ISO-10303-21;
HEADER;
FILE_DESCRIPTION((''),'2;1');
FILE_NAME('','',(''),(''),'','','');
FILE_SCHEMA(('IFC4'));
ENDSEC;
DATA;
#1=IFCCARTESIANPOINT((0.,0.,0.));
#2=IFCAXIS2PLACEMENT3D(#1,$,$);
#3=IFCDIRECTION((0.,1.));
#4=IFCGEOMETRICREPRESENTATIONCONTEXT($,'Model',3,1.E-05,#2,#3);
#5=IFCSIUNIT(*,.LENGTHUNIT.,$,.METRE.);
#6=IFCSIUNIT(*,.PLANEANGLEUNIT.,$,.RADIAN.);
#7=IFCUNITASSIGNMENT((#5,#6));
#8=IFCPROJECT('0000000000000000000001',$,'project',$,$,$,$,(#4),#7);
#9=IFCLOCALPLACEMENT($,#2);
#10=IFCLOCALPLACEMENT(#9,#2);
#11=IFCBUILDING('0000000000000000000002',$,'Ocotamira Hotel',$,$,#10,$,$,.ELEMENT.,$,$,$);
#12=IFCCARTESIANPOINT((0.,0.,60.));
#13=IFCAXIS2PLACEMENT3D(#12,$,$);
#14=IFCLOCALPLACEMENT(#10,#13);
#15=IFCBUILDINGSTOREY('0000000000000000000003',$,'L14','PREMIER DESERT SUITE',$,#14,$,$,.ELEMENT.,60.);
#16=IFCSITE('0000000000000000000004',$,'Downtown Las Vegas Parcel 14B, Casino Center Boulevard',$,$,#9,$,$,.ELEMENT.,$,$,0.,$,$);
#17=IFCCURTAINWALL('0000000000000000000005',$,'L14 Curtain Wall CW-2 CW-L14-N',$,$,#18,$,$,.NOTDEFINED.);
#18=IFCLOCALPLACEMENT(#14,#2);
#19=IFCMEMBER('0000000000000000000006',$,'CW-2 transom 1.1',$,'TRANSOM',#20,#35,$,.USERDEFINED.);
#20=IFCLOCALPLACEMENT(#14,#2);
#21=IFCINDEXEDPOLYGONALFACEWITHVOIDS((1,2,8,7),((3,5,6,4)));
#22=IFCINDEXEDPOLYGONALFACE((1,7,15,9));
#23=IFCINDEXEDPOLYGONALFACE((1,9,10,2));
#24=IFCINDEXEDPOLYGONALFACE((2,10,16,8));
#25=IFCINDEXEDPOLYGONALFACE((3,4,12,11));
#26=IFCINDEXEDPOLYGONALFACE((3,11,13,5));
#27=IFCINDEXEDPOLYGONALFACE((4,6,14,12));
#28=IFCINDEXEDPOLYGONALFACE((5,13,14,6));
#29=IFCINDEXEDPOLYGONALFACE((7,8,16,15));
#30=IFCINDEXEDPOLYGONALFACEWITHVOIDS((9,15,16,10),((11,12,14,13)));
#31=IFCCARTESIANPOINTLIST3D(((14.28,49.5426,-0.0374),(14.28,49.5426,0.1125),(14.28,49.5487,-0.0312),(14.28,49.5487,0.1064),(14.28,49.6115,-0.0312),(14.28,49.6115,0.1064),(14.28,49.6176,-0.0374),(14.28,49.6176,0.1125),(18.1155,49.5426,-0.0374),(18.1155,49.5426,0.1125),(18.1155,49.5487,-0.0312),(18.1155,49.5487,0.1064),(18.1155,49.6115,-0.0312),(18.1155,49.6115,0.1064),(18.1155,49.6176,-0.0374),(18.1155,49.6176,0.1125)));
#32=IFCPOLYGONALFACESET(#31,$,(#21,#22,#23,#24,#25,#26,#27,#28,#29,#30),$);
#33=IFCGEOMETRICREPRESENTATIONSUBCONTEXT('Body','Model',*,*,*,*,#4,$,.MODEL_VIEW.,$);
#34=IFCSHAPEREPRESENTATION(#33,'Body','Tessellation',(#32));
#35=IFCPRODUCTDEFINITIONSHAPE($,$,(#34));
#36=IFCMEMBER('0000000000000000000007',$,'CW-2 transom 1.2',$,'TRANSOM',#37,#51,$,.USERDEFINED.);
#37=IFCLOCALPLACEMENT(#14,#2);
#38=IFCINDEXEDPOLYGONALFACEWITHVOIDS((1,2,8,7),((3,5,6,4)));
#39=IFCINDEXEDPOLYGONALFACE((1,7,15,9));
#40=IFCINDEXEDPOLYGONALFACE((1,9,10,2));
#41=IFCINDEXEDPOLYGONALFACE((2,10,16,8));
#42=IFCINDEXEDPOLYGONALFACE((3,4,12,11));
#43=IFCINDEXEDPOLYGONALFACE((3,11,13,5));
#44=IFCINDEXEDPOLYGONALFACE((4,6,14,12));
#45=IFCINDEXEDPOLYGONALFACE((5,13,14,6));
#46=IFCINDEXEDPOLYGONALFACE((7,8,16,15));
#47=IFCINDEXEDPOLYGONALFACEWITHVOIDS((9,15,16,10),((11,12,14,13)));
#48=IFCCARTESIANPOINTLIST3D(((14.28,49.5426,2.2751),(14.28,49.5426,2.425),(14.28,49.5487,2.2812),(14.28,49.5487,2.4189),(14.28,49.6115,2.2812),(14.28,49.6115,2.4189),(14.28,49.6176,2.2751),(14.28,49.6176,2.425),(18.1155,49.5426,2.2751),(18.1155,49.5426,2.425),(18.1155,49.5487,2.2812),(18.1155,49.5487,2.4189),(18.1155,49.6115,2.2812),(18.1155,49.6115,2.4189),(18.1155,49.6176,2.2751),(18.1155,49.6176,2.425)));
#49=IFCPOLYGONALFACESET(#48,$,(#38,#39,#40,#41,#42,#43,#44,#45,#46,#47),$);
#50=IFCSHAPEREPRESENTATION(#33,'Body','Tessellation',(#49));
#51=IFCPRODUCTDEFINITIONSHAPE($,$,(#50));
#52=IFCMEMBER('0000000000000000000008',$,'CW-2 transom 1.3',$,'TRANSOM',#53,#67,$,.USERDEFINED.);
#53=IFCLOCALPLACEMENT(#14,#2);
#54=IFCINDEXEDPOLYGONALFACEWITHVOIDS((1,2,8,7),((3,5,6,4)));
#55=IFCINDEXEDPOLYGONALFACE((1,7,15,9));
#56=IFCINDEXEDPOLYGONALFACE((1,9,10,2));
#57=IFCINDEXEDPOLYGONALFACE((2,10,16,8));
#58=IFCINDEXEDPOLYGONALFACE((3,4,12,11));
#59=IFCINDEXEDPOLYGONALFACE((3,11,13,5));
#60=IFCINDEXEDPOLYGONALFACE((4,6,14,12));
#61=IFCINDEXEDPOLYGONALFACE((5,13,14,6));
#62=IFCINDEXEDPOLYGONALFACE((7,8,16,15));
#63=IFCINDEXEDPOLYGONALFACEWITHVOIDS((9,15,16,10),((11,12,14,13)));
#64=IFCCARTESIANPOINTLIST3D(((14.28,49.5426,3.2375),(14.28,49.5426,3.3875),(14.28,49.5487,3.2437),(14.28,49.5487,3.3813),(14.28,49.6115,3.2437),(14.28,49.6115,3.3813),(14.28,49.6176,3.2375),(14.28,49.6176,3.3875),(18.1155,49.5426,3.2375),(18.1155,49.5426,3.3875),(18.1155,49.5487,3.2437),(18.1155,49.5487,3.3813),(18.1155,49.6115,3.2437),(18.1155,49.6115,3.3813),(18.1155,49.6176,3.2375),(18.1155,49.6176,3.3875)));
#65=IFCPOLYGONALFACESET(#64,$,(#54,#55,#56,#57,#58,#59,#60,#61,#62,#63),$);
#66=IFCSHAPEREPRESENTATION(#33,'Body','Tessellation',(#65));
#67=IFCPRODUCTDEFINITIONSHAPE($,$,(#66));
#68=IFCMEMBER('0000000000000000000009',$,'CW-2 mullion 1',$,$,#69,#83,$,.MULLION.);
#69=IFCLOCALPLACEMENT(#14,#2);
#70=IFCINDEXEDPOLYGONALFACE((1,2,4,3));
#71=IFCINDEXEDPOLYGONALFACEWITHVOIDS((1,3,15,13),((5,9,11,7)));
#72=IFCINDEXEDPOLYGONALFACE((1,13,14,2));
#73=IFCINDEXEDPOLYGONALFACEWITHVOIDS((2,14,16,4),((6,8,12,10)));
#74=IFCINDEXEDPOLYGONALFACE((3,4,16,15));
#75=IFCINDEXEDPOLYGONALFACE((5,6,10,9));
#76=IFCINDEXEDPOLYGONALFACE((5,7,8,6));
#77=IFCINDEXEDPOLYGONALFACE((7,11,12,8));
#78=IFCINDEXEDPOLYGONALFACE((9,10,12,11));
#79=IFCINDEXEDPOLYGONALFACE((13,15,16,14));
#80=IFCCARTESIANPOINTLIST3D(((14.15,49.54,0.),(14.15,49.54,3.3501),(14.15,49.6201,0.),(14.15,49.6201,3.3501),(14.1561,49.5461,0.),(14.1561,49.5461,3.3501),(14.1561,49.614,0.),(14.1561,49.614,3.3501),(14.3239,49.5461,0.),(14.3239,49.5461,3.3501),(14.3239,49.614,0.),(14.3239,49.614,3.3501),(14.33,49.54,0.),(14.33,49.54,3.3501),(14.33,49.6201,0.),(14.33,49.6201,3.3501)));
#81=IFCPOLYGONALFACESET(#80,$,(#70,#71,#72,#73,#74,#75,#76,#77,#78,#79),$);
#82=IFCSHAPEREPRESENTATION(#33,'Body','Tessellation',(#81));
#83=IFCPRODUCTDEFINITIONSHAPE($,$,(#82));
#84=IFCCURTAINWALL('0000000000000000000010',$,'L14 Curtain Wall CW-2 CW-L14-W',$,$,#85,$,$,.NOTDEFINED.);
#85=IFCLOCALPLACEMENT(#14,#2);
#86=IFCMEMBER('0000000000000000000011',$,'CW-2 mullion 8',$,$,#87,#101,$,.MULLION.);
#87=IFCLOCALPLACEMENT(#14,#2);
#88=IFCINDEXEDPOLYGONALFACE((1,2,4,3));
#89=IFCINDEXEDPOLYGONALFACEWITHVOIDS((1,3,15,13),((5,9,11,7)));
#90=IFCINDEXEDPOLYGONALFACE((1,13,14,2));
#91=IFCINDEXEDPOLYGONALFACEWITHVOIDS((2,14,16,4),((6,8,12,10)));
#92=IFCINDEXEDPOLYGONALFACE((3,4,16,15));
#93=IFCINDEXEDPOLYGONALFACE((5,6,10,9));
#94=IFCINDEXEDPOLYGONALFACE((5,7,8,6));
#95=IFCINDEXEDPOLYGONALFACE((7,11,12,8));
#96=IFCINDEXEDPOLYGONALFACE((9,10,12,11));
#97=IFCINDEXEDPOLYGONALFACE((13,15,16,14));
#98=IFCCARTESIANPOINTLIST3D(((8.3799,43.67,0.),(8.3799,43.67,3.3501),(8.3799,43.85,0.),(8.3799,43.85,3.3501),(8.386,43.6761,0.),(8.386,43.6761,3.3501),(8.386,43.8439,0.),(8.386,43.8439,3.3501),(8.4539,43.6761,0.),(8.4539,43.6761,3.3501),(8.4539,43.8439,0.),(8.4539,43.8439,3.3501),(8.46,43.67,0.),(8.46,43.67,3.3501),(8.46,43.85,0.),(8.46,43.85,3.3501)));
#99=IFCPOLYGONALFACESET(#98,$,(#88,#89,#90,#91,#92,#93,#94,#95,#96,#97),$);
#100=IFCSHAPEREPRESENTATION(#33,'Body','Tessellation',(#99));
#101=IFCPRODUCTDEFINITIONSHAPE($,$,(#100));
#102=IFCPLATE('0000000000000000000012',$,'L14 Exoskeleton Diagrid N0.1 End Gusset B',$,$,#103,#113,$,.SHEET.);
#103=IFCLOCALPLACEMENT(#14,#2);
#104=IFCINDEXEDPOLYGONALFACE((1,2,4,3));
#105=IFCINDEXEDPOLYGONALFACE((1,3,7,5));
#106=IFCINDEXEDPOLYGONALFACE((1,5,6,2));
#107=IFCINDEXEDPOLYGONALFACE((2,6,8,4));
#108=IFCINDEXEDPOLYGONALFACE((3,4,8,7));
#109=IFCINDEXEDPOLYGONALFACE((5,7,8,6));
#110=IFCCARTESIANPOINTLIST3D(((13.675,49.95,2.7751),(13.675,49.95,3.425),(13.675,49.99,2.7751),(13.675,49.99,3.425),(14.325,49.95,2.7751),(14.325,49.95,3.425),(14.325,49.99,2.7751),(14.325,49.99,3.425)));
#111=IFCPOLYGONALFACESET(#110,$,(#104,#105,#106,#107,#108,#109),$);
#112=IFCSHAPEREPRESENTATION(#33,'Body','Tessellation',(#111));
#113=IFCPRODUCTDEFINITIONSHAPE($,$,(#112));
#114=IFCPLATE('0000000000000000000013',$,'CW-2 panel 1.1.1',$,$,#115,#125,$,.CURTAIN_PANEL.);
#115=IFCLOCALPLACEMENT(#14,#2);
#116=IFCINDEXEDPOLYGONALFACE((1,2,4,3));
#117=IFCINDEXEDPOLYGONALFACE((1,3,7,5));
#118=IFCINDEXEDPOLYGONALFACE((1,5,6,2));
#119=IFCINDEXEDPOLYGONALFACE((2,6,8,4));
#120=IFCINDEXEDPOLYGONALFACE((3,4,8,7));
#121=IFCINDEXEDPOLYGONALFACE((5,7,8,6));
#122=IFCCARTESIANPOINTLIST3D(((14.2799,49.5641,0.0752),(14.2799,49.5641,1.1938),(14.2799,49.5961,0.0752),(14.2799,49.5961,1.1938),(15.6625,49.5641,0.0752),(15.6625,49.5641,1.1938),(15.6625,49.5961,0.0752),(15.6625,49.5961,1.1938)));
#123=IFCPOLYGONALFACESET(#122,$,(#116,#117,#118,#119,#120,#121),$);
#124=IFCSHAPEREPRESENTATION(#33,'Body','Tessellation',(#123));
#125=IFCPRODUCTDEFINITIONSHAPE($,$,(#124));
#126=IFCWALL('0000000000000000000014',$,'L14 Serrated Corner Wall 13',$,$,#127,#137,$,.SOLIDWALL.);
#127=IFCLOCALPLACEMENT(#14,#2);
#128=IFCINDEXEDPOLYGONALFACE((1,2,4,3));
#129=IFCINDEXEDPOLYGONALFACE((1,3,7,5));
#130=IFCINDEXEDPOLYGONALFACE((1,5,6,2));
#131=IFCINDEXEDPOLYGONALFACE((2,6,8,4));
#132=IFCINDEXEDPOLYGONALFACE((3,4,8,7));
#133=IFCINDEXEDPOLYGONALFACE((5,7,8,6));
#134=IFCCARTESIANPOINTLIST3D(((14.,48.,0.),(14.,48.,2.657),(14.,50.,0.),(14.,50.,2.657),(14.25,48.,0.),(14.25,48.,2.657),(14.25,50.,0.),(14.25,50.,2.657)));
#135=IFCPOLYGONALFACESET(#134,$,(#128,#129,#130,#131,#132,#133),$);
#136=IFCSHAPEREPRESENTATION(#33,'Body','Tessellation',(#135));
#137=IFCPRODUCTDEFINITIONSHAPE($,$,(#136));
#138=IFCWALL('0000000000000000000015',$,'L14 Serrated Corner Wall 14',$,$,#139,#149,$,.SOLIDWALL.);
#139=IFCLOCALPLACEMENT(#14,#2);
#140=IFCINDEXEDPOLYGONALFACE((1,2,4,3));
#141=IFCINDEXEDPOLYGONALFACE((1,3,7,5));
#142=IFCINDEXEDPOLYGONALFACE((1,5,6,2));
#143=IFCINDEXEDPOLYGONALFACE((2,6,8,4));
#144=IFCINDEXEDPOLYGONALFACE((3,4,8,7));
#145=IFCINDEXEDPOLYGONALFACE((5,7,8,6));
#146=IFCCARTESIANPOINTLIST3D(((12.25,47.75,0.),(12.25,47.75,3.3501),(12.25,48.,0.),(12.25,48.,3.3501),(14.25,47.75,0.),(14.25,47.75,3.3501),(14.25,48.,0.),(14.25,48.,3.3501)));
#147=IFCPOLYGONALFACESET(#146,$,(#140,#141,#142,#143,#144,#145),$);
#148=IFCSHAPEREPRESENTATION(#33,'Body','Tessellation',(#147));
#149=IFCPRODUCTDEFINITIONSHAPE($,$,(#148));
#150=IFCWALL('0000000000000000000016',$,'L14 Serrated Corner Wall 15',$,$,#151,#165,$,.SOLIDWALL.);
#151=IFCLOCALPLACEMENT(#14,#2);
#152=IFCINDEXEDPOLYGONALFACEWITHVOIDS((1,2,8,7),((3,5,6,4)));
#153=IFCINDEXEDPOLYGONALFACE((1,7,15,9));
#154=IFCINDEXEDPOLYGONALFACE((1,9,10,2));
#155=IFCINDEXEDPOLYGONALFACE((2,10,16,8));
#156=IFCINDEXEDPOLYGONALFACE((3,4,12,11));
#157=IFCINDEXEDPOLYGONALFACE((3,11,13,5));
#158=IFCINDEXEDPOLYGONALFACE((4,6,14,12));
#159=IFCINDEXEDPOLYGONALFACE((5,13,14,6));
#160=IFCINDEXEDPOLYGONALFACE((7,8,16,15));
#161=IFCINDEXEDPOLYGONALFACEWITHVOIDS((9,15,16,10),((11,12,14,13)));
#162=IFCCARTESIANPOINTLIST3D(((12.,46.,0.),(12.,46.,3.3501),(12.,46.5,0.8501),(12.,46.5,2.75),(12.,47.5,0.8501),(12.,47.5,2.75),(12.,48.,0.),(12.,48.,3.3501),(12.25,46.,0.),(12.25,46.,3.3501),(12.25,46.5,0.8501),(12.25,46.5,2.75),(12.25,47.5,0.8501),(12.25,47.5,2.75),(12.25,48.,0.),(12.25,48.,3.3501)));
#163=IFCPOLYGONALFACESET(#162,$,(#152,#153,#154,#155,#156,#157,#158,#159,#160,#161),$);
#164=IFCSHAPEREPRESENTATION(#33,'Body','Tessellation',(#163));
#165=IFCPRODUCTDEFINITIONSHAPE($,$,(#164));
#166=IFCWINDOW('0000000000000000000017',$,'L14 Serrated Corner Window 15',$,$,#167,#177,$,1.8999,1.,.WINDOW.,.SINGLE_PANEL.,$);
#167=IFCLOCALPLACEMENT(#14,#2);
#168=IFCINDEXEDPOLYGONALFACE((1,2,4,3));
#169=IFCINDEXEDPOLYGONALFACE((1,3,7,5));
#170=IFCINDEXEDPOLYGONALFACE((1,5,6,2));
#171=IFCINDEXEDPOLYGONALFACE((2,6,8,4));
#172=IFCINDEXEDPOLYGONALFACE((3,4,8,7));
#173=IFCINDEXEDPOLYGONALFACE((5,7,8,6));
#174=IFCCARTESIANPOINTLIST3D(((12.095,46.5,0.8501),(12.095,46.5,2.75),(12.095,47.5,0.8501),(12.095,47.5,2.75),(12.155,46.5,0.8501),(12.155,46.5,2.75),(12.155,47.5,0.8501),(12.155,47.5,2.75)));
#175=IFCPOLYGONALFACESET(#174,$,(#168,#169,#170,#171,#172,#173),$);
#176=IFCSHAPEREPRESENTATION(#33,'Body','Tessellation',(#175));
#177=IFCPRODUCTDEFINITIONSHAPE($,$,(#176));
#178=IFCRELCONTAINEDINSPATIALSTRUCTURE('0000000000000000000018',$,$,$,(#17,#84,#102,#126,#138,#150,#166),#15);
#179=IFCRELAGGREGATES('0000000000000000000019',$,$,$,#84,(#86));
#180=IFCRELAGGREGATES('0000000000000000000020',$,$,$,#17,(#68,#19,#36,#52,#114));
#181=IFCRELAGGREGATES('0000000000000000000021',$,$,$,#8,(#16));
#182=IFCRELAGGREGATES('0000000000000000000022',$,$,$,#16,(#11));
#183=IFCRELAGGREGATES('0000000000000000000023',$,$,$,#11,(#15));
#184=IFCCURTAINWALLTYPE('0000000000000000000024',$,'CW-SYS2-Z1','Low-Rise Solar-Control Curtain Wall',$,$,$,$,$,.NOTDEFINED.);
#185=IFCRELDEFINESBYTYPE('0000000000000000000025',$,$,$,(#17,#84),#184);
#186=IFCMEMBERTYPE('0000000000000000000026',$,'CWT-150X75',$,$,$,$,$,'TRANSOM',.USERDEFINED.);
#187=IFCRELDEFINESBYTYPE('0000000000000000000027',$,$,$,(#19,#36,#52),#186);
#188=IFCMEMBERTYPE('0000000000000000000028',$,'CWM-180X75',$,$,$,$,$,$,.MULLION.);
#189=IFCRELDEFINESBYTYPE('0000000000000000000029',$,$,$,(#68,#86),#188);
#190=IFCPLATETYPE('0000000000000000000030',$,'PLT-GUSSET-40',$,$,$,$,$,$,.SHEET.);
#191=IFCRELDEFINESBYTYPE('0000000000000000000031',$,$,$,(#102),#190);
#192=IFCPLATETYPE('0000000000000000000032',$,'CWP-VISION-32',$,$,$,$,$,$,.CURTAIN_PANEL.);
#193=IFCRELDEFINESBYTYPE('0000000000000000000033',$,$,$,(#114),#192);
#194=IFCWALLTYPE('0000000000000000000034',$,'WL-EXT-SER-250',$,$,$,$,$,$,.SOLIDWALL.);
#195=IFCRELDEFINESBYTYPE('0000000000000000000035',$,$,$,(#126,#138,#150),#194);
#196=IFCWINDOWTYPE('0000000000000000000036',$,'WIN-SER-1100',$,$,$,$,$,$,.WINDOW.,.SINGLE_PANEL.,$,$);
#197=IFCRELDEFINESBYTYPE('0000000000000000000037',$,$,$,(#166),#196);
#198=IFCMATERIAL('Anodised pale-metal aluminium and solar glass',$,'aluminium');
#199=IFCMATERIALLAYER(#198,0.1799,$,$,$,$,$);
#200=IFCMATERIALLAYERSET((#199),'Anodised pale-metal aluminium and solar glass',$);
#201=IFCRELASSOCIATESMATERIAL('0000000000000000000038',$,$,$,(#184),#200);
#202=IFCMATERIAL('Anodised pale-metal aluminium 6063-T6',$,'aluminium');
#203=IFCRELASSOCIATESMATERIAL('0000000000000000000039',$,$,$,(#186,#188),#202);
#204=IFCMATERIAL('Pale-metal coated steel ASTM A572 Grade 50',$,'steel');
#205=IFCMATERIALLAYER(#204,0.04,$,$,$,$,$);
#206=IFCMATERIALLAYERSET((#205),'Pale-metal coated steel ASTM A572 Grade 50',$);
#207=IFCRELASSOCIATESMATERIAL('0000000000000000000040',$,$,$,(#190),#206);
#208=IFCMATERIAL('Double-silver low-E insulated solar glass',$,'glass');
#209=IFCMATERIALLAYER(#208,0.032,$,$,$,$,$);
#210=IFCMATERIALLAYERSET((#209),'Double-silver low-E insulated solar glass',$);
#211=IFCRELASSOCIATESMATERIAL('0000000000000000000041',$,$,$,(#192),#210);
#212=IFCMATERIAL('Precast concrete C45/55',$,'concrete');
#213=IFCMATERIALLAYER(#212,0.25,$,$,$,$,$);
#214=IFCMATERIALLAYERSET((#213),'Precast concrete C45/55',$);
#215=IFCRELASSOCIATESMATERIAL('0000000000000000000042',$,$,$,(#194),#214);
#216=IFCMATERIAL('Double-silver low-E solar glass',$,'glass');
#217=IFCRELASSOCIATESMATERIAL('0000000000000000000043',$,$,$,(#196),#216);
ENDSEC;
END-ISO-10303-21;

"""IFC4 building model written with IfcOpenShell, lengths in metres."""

from ifc_helpers import new_model, si_unit, direction, frame, frame_2d, origin, origin_2d, place, context, subcontext, project, spatial, rectangle, hollow_rectangle, extrude, source, transform, mapped, material, layer, layer_set, material_profile, profile_set, type_object, element, fill, aggregate, save


model = new_model("IFC4")

# Units and contexts
model_context = context("Model", 3, precision=1e-05, world=origin(), true_north=direction((0.0, 1.0)))
body_context = subcontext(model_context, "Body", "Model", "MODEL_VIEW")
ifc_project = project(units=[si_unit("LENGTHUNIT", "METRE"), si_unit("PLANEANGLEUNIT", "RADIAN")], contexts=[model_context])

# Site, building, storey
site_placement = place(None, origin())
site = spatial("IfcSite", under=ifc_project, at=site_placement, Name="Downtown Las Vegas Parcel 14B, Casino Center Boulevard", CompositionType="ELEMENT", RefElevation=0.0)
building_placement = place(site_placement, origin())
building = spatial("IfcBuilding", under=site, at=building_placement, Name="Ocotamira Hotel", CompositionType="ELEMENT")
storey_placement = place(building_placement, frame((0.0, 0.0, 60.0)))
storey = spatial("IfcBuildingStorey", under=building, at=storey_placement, Name="L14", Description="PREMIER DESERT SUITE", CompositionType="ELEMENT", Elevation=60.0)

# Curtain wall, members
ifc_material_1 = material(Name="Anodised pale-metal aluminium and solar glass", Category="aluminium")
ifc_layer_1 = layer(ifc_material_1, 0.1799)
ifc_layer_set_1 = layer_set([ifc_layer_1], Name="Anodised pale-metal aluminium and solar glass")
curtain_wall_type = type_object("IfcCurtainWallType", Name="CW-SYS2-Z1", Description="Low-Rise Solar-Control Curtain Wall", PredefinedType="NOTDEFINED", material=ifc_layer_set_1)
curtain_wall_1_placement = place(storey_placement, origin())
curtain_wall_1 = element("IfcCurtainWall", 1, at=curtain_wall_1_placement, inside=storey, type_object=curtain_wall_type, Name="L14 Curtain Wall CW-2 CW-L14-N", PredefinedType="NOTDEFINED")
ifc_material_2 = material(Name="Anodised pale-metal aluminium 6063-T6", Category="aluminium")
ifc_material_profile_1 = material_profile(ifc_material_2, hollow_rectangle(XDim=0.075, YDim=0.1499, WallThickness=0.0061, at=origin_2d()), Name="HSS150X75X6")
ifc_profile_set_1 = profile_set([ifc_material_profile_1], Name="Anodised pale-metal aluminium 6063-T6")
member_type_1 = type_object("IfcMemberType", Name="CWT-150X75", ElementType="TRANSOM", PredefinedType="USERDEFINED", material=ifc_profile_set_1)
shared_shape_1 = source(origin(), body_context, "Body", "SweptSolid", [
    extrude(hollow_rectangle(XDim=0.075, YDim=0.1499, WallThickness=0.0061, at=origin_2d()), origin(), (0.0, 0.0, 1.0), 3.8354),
])
member_1_placement = place(storey_placement, frame((14.28, 49.5801, 0.0376), z_axis=(1.0, 0.0, 0.0), x_axis=(0.0, 1.0, 0.0)))
member_1 = element("IfcMember", 2, at=member_1_placement, type_object=member_type_1, Name="CW-2 transom 1.1", ObjectType="TRANSOM", PredefinedType="USERDEFINED", context=body_context, shape_type="MappedRepresentation", body=[
    mapped(shared_shape_1, transform((0.0, 0.0, 0.0), scale=1.0)),
])
member_2_placement = place(storey_placement, frame((14.28, 49.5801, 2.3501), z_axis=(1.0, 0.0, 0.0), x_axis=(0.0, 1.0, 0.0)))
member_2 = element("IfcMember", 3, at=member_2_placement, type_object=member_type_1, Name="CW-2 transom 1.2", ObjectType="TRANSOM", PredefinedType="USERDEFINED", context=body_context, shape_type="MappedRepresentation", body=[
    mapped(shared_shape_1, transform((0.0, 0.0, 0.0), scale=1.0)),
])
member_3_placement = place(storey_placement, frame((14.28, 49.5801, 3.3125), z_axis=(1.0, 0.0, 0.0), x_axis=(0.0, 1.0, 0.0)))
member_3 = element("IfcMember", 4, at=member_3_placement, type_object=member_type_1, Name="CW-2 transom 1.3", ObjectType="TRANSOM", PredefinedType="USERDEFINED", context=body_context, shape_type="MappedRepresentation", body=[
    mapped(shared_shape_1, transform((0.0, 0.0, 0.0), scale=1.0)),
])
ifc_material_profile_2 = material_profile(ifc_material_2, hollow_rectangle(XDim=0.0801, YDim=0.1799, WallThickness=0.0061, at=origin_2d()), Name="HSS180X80X6")
ifc_profile_set_2 = profile_set([ifc_material_profile_2], Name="Anodised pale-metal aluminium 6063-T6")
member_type_2 = type_object("IfcMemberType", Name="CWM-180X75", PredefinedType="MULLION", material=ifc_profile_set_2)
shared_shape_2 = source(origin(), body_context, "Body", "SweptSolid", [
    extrude(hollow_rectangle(XDim=0.0801, YDim=0.1799, WallThickness=0.0061, at=origin_2d()), origin(), (0.0, 0.0, 1.0), 3.3501),
])
member_4_placement = place(storey_placement, frame((14.24, 49.5801, 0.0), z_axis=(0.0, 0.0, 1.0), x_axis=(0.0, 1.0, 0.0)))
member_4 = element("IfcMember", 5, at=member_4_placement, type_object=member_type_2, Name="CW-2 mullion 1", PredefinedType="MULLION", context=body_context, shape_type="MappedRepresentation", body=[
    mapped(shared_shape_2, transform((0.0, 0.0, 0.0), scale=1.0)),
])

# Curtain wall, member
curtain_wall_2_placement = place(storey_placement, origin())
curtain_wall_2 = element("IfcCurtainWall", 6, at=curtain_wall_2_placement, inside=storey, type_object=curtain_wall_type, Name="L14 Curtain Wall CW-2 CW-L14-W", PredefinedType="NOTDEFINED")
member_5_placement = place(storey_placement, frame((8.4199, 43.76, 0.0), z_axis=(0.0, 0.0, 1.0), x_axis=(-1.0, 0.0, 0.0)))
member_5 = element("IfcMember", 7, at=member_5_placement, type_object=member_type_2, Name="CW-2 mullion 8", PredefinedType="MULLION", context=body_context, shape_type="MappedRepresentation", body=[
    mapped(shared_shape_2, transform((0.0, 0.0, 0.0), scale=1.0)),
])
aggregate(curtain_wall_2, [member_5])

# Plates
ifc_material_3 = material(Name="Pale-metal coated steel ASTM A572 Grade 50", Category="steel")
ifc_layer_2 = layer(ifc_material_3, 0.04)
ifc_layer_set_2 = layer_set([ifc_layer_2], Name="Pale-metal coated steel ASTM A572 Grade 50")
plate_type_1 = type_object("IfcPlateType", Name="PLT-GUSSET-40", PredefinedType="SHEET", material=ifc_layer_set_2)
shared_shape_3 = source(origin(), body_context, "Body", "SweptSolid", [
    extrude(rectangle(XDim=0.6499, YDim=0.04, at=origin_2d()), origin(), (0.0, 0.0, 1.0), 0.6499),
])
plate_1_placement = place(storey_placement, frame((14.0, 49.97, 2.7751), z_axis=(0.0, 0.0, 1.0), x_axis=(-1.0, 0.0, 0.0)))
element("IfcPlate", 8, at=plate_1_placement, inside=storey, type_object=plate_type_1, Name="L14 Exoskeleton Diagrid N0.1 End Gusset B", PredefinedType="SHEET", context=body_context, shape_type="MappedRepresentation", body=[
    mapped(shared_shape_3, transform((0.0, 0.0, 0.0), scale=1.0)),
])
ifc_material_4 = material(Name="Double-silver low-E insulated solar glass", Category="glass")
ifc_layer_3 = layer(ifc_material_4, 0.032)
ifc_layer_set_3 = layer_set([ifc_layer_3], Name="Double-silver low-E insulated solar glass")
plate_type_2 = type_object("IfcPlateType", Name="CWP-VISION-32", PredefinedType="CURTAIN_PANEL", material=ifc_layer_set_3)
shared_shape_4 = source(origin(), body_context, "Body", "SweptSolid", [
    extrude(rectangle(XDim=1.3826, YDim=0.032, at=origin_2d()), origin(), (0.0, 0.0, 1.0), 1.1187),
])
plate_2_placement = place(storey_placement, frame((14.9712, 49.5801, 0.0752), z_axis=(0.0, 0.0, 1.0), x_axis=(1.0, 0.0, 0.0)))
plate_2 = element("IfcPlate", 9, at=plate_2_placement, type_object=plate_type_2, Name="CW-2 panel 1.1.1", PredefinedType="CURTAIN_PANEL", context=body_context, shape_type="MappedRepresentation", body=[
    mapped(shared_shape_4, transform((0.0, 0.0, 0.0), scale=1.0)),
])
aggregate(curtain_wall_1, [member_4, member_1, member_2, member_3, plate_2])

# Walls
ifc_material_5 = material(Name="Precast concrete C45/55", Category="concrete")
ifc_layer_4 = layer(ifc_material_5, 0.25)
ifc_layer_set_4 = layer_set([ifc_layer_4], Name="Precast concrete C45/55")
wall_type_1 = type_object("IfcWallType", Name="WL-EXT-SER-250", PredefinedType="SOLIDWALL", material=ifc_layer_set_4)
wall_1_placement = place(storey_placement, frame((14.125, 50.0, 0.0), z_axis=(0.0, 0.0, 1.0), x_axis=(0.0, -1.0, 0.0)))
element("IfcWall", 10, at=wall_1_placement, inside=storey, type_object=wall_type_1, Name="L14 Serrated Corner Wall 13", PredefinedType="SOLIDWALL", context=body_context, shape_type="SweptSolid", body=[
    extrude(rectangle(XDim=2.0, YDim=0.25, at=frame_2d((1.0, 0.0))), origin(), (0.0, 0.0, 1.0), 2.657),
])
wall_2_placement = place(storey_placement, frame((14.25, 47.875, 0.0), z_axis=(0.0, 0.0, 1.0), x_axis=(-1.0, 0.0, 0.0)))
element("IfcWall", 11, at=wall_2_placement, inside=storey, type_object=wall_type_1, Name="L14 Serrated Corner Wall 14", PredefinedType="SOLIDWALL", context=body_context, shape_type="SweptSolid", body=[
    extrude(rectangle(XDim=2.0, YDim=0.25, at=frame_2d((1.0, 0.0))), origin(), (0.0, 0.0, 1.0), 3.3501),
])

# Wall, opening, window
wall_3_placement = place(storey_placement, frame((12.125, 48.0, 0.0), z_axis=(0.0, 0.0, 1.0), x_axis=(0.0, -1.0, 0.0)))
wall_3 = element("IfcWall", 12, at=wall_3_placement, inside=storey, type_object=wall_type_1, Name="L14 Serrated Corner Wall 15", PredefinedType="SOLIDWALL", context=body_context, shape_type="SweptSolid", body=[
    extrude(rectangle(XDim=2.0, YDim=0.25, at=frame_2d((1.0, 0.0))), origin(), (0.0, 0.0, 1.0), 3.3501),
])
opening_1_placement = place(wall_3_placement, frame((0.5, 0.0, 0.8501)))
opening_1 = element("IfcOpeningElement", 13, at=opening_1_placement, cuts=wall_3, PredefinedType="OPENING", context=body_context, shape_type="SweptSolid", body=[
    extrude(rectangle(XDim=1.0, YDim=1.8999, at=frame_2d((0.5, 0.95))), frame((0.0, 0.135, 0.0), z_axis=(0.0, -1.0, 0.0), x_axis=(1.0, 0.0, 0.0)), (0.0, 0.0, 1.0), 0.27),
])
ifc_material_6 = material(Name="Double-silver low-E solar glass", Category="glass")
window_type = type_object("IfcWindowType", Name="WIN-SER-1100", PartitioningType="SINGLE_PANEL", PredefinedType="WINDOW", material=ifc_material_6)
shared_shape_5 = source(origin(), body_context, "Body", "SweptSolid", [
    extrude(rectangle(XDim=1.0, YDim=1.8999, at=frame_2d((0.5, 0.95))), frame((0.0, 0.03, 0.0), z_axis=(0.0, -1.0, 0.0), x_axis=(1.0, 0.0, 0.0)), (0.0, 0.0, 1.0), 0.0601),
])
window_placement = place(opening_1_placement, origin())
window = element("IfcWindow", 14, at=window_placement, inside=storey, type_object=window_type, Name="L14 Serrated Corner Window 15", OverallHeight=1.8999, OverallWidth=1.0, PartitioningType="SINGLE_PANEL", PredefinedType="WINDOW", context=body_context, shape_type="MappedRepresentation", body=[
    mapped(shared_shape_5, transform((0.0, 0.0, 0.0), scale=1.0)),
])
fill(opening_1, window)

save(model, "model.ifc")
